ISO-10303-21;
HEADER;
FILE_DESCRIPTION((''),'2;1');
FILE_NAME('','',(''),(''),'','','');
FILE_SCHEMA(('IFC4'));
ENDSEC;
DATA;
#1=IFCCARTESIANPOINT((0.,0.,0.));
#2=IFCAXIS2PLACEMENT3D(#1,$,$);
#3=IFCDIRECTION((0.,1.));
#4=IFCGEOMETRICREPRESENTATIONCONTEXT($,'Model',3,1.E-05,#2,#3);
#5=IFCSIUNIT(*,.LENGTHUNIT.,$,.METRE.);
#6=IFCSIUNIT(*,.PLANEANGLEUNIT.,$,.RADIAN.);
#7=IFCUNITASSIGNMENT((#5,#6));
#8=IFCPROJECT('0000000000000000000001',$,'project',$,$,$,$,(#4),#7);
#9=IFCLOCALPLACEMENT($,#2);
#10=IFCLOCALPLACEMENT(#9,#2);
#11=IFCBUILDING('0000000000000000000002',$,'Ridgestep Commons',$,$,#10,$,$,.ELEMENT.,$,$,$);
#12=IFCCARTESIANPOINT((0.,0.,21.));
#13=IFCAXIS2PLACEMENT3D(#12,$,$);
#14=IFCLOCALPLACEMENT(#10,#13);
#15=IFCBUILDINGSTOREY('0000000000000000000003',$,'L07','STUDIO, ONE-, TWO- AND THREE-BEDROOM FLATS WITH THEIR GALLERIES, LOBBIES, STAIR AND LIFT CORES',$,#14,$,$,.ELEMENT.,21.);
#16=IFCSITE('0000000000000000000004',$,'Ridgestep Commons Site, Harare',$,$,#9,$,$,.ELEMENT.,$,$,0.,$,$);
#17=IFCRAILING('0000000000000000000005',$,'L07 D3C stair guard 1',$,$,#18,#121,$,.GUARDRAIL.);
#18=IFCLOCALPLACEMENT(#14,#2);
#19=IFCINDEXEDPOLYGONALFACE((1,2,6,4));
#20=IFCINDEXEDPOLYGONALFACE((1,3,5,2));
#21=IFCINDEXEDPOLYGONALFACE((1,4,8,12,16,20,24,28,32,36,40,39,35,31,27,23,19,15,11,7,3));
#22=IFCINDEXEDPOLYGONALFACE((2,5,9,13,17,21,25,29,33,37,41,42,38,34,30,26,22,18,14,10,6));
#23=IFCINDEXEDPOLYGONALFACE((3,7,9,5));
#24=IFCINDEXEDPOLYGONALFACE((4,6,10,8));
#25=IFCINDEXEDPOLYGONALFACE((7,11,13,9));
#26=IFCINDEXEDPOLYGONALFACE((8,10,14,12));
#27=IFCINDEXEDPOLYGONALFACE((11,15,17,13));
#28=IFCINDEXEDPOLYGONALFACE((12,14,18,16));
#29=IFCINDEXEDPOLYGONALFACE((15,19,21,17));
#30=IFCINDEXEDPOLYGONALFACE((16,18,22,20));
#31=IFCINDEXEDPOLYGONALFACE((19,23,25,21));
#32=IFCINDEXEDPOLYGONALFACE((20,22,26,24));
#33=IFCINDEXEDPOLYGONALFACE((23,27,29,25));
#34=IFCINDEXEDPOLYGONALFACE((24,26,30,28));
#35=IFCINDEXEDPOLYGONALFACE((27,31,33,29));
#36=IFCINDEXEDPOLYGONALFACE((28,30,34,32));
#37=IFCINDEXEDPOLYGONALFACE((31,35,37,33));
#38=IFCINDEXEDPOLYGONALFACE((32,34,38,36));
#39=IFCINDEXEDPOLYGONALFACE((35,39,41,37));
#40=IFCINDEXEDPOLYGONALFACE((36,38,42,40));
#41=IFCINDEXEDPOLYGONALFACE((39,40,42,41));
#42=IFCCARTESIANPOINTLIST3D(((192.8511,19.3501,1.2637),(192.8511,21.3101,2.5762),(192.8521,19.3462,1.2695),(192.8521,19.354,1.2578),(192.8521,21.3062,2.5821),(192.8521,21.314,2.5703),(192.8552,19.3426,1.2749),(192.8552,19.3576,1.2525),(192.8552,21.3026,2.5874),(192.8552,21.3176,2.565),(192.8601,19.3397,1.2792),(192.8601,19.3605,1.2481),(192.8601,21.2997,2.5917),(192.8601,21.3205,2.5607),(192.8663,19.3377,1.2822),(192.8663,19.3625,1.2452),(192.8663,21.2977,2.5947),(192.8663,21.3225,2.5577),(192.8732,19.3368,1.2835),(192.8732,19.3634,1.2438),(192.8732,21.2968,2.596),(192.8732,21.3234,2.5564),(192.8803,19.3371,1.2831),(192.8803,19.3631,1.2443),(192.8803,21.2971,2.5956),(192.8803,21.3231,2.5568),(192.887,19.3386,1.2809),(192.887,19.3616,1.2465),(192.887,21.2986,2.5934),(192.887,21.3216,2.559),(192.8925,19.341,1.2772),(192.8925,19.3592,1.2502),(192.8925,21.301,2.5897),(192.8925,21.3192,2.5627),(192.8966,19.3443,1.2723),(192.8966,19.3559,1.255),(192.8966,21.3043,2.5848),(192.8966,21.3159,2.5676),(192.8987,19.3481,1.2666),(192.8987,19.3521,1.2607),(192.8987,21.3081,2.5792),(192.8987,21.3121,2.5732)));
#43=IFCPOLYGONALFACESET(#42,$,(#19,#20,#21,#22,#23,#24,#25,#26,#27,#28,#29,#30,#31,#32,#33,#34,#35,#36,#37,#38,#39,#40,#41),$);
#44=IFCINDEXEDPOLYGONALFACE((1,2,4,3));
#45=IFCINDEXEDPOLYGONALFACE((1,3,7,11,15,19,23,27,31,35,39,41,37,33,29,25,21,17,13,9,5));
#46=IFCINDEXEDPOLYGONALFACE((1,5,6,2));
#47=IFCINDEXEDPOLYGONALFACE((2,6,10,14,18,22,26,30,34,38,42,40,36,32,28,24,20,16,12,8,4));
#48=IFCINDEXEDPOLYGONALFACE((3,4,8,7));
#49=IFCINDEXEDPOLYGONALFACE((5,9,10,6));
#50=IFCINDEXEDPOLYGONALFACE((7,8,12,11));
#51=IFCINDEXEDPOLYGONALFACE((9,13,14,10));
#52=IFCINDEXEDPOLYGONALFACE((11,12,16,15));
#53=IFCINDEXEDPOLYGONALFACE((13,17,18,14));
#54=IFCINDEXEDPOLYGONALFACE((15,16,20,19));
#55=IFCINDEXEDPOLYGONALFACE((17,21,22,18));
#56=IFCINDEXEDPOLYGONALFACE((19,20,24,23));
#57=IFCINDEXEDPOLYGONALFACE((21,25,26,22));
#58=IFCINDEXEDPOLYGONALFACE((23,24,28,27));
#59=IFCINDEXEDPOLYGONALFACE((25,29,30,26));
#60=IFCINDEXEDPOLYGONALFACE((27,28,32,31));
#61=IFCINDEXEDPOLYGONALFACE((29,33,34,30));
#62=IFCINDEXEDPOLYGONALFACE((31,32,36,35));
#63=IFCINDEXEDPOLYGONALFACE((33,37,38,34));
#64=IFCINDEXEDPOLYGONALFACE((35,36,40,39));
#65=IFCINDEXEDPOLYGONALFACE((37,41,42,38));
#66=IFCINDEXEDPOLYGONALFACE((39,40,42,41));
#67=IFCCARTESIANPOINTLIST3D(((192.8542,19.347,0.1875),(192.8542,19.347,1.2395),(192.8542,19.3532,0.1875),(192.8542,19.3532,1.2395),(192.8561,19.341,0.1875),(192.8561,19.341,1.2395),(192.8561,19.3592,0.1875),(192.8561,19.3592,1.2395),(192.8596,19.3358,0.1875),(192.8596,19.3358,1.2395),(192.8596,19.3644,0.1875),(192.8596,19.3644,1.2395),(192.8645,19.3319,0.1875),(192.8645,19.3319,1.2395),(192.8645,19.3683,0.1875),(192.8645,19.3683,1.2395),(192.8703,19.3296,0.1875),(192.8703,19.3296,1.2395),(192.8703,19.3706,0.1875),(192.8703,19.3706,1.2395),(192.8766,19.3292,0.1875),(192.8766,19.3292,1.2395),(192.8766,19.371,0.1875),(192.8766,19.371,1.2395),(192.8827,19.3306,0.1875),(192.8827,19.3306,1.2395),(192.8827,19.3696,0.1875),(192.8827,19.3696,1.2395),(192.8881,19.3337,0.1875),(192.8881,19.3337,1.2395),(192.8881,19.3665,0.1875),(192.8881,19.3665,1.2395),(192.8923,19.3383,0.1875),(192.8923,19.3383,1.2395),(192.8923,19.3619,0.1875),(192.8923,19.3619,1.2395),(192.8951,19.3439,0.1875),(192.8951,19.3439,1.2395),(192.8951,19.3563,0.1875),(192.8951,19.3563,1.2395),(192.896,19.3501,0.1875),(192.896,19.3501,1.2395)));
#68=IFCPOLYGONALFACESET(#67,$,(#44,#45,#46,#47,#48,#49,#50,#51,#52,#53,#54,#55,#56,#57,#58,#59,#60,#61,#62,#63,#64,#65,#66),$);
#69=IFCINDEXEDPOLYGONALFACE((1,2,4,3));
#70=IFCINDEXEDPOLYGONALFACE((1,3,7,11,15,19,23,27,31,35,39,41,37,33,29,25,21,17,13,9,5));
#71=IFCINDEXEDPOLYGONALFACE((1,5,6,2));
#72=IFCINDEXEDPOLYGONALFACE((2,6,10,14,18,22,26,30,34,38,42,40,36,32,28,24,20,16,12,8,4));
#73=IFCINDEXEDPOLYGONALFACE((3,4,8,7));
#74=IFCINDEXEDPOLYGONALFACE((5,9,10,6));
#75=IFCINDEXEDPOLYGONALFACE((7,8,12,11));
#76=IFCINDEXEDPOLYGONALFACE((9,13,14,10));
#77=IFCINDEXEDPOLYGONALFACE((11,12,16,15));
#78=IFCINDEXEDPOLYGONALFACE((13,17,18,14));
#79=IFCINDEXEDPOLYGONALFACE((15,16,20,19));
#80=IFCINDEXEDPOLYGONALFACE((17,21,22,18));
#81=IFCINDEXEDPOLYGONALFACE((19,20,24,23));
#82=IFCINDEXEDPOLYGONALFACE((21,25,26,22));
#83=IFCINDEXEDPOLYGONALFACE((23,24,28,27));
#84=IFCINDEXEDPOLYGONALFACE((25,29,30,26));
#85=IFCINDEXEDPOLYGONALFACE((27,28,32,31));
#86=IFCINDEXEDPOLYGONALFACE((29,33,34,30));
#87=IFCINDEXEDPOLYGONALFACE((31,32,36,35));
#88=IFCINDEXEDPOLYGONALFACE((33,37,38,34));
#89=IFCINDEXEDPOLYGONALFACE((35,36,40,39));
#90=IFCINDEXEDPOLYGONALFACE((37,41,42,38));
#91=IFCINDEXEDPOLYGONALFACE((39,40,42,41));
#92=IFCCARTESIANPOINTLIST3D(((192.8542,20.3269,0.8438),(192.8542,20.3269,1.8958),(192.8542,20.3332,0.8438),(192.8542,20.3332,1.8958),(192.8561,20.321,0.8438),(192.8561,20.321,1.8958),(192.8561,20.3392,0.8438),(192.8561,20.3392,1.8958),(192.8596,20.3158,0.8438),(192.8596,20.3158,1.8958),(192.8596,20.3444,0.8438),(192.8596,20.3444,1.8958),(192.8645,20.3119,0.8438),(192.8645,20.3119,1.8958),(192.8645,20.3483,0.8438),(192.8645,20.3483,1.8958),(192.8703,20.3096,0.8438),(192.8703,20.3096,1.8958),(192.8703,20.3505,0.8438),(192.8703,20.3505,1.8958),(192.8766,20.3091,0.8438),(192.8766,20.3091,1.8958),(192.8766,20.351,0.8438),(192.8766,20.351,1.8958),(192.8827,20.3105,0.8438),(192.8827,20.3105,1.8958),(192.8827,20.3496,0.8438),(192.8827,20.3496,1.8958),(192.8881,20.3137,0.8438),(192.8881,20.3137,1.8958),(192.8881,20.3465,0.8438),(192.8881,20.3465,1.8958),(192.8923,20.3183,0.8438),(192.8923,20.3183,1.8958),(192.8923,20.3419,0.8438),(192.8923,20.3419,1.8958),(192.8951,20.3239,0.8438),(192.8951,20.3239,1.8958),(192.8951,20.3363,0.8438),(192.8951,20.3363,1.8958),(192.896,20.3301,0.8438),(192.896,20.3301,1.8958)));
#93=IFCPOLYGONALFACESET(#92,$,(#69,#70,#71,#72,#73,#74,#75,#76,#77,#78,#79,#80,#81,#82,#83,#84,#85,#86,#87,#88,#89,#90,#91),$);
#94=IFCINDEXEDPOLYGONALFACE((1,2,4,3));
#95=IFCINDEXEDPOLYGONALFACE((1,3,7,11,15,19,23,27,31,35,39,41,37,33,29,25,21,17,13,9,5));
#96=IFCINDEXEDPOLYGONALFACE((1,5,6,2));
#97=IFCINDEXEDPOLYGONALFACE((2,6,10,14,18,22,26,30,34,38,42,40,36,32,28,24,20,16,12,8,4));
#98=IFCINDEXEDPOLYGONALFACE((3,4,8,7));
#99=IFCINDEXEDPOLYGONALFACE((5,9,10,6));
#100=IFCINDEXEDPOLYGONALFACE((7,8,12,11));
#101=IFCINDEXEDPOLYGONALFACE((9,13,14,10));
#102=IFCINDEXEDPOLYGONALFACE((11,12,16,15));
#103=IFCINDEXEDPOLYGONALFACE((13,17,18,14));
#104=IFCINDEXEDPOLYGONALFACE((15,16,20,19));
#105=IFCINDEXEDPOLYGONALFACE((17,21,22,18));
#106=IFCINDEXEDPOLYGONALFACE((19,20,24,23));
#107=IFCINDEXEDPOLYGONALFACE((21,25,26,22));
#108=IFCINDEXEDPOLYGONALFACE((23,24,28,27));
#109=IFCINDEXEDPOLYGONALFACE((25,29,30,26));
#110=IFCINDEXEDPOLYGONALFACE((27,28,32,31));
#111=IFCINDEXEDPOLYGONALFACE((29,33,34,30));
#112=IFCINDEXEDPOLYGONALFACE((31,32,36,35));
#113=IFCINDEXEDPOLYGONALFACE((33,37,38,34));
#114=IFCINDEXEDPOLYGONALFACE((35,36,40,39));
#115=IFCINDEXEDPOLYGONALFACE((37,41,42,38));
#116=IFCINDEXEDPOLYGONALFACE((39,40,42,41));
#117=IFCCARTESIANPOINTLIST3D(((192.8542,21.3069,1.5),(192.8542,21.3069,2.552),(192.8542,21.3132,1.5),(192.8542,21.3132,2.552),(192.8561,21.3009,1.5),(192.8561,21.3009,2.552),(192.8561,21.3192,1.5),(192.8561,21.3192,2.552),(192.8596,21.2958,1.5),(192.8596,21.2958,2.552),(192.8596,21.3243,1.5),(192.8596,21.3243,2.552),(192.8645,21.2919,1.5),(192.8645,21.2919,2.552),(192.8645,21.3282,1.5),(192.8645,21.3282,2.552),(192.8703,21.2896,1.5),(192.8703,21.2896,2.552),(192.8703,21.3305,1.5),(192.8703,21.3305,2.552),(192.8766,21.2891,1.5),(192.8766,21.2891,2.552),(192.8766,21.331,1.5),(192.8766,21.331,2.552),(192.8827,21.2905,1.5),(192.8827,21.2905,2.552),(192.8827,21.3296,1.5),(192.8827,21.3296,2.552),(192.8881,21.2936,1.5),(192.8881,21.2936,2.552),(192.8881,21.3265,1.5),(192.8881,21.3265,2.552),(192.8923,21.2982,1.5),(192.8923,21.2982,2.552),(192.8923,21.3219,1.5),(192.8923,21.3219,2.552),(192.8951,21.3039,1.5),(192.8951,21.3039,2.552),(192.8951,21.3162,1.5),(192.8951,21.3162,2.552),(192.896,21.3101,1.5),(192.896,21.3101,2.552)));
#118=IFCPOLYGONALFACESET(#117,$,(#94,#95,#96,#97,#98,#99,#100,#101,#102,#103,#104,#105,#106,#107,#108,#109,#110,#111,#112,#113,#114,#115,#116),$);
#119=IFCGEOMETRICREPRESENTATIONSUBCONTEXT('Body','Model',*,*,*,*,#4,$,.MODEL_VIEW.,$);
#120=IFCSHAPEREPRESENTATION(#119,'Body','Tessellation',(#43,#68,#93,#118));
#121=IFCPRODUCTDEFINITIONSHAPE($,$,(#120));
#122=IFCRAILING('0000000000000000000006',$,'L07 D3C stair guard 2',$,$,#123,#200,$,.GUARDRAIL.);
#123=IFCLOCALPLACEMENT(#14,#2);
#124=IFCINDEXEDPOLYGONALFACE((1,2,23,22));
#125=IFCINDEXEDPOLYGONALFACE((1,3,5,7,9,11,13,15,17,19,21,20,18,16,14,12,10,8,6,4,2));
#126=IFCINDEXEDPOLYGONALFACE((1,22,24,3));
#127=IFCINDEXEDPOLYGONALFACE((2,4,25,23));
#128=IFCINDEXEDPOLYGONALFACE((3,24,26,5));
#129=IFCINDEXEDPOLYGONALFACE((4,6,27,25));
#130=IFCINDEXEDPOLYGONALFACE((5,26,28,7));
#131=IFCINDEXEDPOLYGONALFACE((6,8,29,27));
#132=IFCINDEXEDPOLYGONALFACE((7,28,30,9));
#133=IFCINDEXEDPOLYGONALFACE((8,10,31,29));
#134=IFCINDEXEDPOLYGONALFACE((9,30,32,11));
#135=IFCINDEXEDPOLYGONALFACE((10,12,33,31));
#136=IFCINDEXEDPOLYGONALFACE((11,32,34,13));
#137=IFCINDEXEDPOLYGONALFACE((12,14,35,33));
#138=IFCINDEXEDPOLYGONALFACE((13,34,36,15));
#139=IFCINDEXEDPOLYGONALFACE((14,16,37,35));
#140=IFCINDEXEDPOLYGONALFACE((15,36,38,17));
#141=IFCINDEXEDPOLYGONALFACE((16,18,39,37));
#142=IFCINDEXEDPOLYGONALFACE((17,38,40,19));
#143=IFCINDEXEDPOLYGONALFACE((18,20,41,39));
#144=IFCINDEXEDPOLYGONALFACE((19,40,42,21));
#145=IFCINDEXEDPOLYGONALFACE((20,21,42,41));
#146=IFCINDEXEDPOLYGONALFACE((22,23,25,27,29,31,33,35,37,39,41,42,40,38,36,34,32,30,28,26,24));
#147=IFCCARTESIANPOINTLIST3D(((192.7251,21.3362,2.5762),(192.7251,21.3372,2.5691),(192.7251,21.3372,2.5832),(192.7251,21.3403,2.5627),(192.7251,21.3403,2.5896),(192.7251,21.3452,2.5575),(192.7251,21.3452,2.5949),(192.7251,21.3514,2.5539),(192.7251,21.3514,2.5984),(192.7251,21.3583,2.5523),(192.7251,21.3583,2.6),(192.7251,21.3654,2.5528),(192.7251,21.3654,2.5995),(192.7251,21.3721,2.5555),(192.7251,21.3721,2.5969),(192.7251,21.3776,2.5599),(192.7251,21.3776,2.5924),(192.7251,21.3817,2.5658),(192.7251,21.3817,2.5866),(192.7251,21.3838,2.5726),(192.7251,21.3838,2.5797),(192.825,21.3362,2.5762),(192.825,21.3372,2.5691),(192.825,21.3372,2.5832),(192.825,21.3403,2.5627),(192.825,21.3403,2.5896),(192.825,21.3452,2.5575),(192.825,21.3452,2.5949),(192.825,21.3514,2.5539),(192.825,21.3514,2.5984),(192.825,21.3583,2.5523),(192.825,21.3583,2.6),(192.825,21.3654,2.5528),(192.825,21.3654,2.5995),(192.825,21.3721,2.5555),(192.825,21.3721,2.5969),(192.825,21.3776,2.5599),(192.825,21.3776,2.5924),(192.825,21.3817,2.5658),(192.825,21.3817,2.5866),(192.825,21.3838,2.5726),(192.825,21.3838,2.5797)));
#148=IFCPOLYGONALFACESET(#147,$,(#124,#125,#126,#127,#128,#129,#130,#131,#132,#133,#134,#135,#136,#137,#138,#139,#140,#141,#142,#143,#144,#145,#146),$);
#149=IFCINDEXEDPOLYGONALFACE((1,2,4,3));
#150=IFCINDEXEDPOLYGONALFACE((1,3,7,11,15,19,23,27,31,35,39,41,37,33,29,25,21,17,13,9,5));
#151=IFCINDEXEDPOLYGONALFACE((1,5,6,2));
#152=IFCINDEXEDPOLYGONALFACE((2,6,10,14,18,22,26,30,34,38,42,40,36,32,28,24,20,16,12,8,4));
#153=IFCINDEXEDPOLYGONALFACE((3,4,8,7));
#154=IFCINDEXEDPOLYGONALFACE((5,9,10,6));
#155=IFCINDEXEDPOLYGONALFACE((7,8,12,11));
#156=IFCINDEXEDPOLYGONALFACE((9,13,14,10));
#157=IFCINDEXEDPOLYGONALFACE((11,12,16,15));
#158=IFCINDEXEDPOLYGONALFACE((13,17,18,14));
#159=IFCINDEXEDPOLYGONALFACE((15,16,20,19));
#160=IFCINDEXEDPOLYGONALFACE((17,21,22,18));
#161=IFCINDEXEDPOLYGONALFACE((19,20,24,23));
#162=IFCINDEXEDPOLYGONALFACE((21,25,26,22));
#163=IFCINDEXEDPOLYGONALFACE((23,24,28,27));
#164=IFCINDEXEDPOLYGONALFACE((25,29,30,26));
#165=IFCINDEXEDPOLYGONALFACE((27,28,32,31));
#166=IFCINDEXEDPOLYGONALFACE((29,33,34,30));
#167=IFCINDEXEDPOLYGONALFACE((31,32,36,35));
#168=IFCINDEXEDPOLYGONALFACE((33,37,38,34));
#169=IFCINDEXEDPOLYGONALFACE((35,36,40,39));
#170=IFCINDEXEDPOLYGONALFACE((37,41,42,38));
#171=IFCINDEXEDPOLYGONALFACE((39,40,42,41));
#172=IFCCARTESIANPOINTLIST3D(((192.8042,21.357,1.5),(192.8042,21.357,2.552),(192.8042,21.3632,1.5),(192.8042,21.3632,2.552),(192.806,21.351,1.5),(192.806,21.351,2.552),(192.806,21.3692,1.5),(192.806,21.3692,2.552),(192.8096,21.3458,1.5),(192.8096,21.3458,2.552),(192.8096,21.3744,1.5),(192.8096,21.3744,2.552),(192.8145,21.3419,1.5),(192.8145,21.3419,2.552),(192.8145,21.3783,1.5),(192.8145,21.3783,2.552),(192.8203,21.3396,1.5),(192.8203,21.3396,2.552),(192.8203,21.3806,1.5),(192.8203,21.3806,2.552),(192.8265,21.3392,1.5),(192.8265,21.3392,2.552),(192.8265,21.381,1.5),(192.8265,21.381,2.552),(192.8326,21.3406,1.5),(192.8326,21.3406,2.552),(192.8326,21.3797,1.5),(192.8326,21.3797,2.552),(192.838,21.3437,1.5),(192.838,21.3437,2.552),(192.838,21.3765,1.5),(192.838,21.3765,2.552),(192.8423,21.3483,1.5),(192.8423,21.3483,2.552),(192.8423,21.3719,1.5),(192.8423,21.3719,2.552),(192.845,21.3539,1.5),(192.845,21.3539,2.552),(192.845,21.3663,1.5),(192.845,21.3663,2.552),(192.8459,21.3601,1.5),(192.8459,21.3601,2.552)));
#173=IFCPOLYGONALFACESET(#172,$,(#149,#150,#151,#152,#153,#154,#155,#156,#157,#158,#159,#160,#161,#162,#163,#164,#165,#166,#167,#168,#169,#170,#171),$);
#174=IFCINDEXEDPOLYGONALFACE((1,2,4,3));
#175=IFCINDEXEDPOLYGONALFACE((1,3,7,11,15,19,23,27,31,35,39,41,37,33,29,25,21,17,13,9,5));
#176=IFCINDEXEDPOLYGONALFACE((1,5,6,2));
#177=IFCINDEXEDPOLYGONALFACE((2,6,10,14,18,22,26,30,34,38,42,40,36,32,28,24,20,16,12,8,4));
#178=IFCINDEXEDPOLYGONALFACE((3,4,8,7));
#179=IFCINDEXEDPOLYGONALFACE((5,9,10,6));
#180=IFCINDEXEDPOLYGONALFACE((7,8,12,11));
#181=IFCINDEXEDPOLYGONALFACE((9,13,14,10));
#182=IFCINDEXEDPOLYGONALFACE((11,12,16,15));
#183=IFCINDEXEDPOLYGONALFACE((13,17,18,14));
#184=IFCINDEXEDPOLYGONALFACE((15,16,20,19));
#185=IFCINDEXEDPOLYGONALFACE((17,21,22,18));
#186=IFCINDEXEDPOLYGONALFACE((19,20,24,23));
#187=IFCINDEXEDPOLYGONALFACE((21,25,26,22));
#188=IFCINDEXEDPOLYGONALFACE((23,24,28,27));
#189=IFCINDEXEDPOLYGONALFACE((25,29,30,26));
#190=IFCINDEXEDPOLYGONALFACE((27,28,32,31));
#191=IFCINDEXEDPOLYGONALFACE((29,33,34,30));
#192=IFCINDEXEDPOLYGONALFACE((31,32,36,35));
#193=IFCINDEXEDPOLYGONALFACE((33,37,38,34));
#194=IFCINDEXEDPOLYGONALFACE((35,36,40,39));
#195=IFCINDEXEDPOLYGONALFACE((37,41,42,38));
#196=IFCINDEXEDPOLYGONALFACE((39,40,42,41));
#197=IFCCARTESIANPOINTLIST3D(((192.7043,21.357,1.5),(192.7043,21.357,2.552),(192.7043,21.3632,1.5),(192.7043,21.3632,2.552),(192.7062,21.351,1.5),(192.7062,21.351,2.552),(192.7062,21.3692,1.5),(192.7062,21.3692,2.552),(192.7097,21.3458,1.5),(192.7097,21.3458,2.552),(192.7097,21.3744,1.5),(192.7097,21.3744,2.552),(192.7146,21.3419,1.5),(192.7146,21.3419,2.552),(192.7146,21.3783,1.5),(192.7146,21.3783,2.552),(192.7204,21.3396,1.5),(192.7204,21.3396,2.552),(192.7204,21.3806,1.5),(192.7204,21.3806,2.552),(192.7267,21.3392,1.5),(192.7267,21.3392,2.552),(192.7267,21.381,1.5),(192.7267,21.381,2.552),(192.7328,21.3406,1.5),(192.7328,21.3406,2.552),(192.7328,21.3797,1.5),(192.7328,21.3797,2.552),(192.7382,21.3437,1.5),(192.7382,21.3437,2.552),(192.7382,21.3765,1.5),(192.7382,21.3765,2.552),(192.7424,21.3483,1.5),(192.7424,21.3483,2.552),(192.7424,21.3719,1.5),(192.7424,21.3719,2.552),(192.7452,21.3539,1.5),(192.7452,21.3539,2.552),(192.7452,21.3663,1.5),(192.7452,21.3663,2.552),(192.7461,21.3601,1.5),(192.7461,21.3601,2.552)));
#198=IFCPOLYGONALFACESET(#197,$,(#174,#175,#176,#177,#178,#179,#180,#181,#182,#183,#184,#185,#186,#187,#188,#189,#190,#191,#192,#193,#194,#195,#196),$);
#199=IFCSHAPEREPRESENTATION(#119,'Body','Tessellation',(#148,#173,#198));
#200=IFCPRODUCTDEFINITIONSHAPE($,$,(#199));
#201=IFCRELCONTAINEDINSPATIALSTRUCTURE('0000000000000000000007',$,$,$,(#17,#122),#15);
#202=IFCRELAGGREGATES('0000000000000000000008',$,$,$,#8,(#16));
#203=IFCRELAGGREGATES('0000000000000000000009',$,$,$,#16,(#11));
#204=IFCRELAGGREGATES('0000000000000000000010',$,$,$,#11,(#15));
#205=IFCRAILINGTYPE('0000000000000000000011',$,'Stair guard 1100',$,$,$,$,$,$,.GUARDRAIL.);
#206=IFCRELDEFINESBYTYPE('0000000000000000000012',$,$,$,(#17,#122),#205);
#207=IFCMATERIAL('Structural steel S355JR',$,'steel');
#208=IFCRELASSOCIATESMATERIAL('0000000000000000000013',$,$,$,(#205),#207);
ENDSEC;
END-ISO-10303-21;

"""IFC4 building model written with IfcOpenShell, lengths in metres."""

from ifc_helpers import new_model, si_unit, direction, frame, origin, origin_2d, place, context, subcontext, project, spatial, circle, extrude, material, type_object, element, save


model = new_model("IFC4")

# Units and contexts
model_context = context("Model", 3, precision=1e-05, world=origin(), true_north=direction((0.0, 1.0)))
body_context = subcontext(model_context, "Body", "Model", "MODEL_VIEW")
ifc_project = project(units=[si_unit("LENGTHUNIT", "METRE"), si_unit("PLANEANGLEUNIT", "RADIAN")], contexts=[model_context])

# Site, building, storey
site_placement = place(None, origin())
site = spatial("IfcSite", under=ifc_project, at=site_placement, Name="Ridgestep Commons Site, Harare", CompositionType="ELEMENT", RefElevation=0.0)
building_placement = place(site_placement, origin())
building = spatial("IfcBuilding", under=site, at=building_placement, Name="Ridgestep Commons", CompositionType="ELEMENT")
storey_placement = place(building_placement, frame((0.0, 0.0, 21.0)))
storey = spatial("IfcBuildingStorey", under=building, at=storey_placement, Name="L07", Description="STUDIO, ONE-, TWO- AND THREE-BEDROOM FLATS WITH THEIR GALLERIES, LOBBIES, STAIR AND LIFT CORES", CompositionType="ELEMENT", Elevation=21.0)

# Railings
ifc_material_1 = material(Name="Structural steel S355JR", Category="steel")
railing_type_1 = type_object("IfcRailingType", Name="Stair guard 1100", PredefinedType="GUARDRAIL", material=ifc_material_1)
railing_1_placement = place(storey_placement, frame((192.875, 19.3501, 0.1875)))
element("IfcRailing", 1, at=railing_1_placement, inside=storey, type_object=railing_type_1, Name="L07 D3C stair guard 1", PredefinedType="GUARDRAIL", context=body_context, shape_type="SweptSolid", body=[
    extrude(circle(Radius=0.0239, at=origin_2d()), frame((0.0, 0.0, 1.0762), z_axis=(0.0, 0.830902, 0.556419), x_axis=(-1.0, 0.0, 0.0)), (0.0, 0.0, 1.0), 2.3589),
    extrude(circle(Radius=0.021, at=origin_2d()), origin(), (0.0, 0.0, 1.0), 1.052),
    extrude(circle(Radius=0.021, at=origin_2d()), frame((0.0, 0.98, 0.6562)), (0.0, 0.0, 1.0), 1.052),
    extrude(circle(Radius=0.021, at=origin_2d()), frame((0.0, 1.96, 1.3125)), (0.0, 0.0, 1.0), 1.052),
])
railing_2_placement = place(storey_placement, frame((192.825, 21.3601, 1.5)))
element("IfcRailing", 2, at=railing_2_placement, inside=storey, type_object=railing_type_1, Name="L07 D3C stair guard 2", PredefinedType="GUARDRAIL", context=body_context, shape_type="SweptSolid", body=[
    extrude(circle(Radius=0.0239, at=origin_2d()), frame((0.0, 0.0, 1.0762), z_axis=(-1.0, 0.0, 0.0), x_axis=(0.0, -1.0, 0.0)), (0.0, 0.0, 1.0), 0.0999),
    extrude(circle(Radius=0.021, at=origin_2d()), origin(), (0.0, 0.0, 1.0), 1.052),
    extrude(circle(Radius=0.021, at=origin_2d()), frame((-0.0999, 0.0, 0.0)), (0.0, 0.0, 1.0), 1.052),
])

save(model, "model.ifc")
